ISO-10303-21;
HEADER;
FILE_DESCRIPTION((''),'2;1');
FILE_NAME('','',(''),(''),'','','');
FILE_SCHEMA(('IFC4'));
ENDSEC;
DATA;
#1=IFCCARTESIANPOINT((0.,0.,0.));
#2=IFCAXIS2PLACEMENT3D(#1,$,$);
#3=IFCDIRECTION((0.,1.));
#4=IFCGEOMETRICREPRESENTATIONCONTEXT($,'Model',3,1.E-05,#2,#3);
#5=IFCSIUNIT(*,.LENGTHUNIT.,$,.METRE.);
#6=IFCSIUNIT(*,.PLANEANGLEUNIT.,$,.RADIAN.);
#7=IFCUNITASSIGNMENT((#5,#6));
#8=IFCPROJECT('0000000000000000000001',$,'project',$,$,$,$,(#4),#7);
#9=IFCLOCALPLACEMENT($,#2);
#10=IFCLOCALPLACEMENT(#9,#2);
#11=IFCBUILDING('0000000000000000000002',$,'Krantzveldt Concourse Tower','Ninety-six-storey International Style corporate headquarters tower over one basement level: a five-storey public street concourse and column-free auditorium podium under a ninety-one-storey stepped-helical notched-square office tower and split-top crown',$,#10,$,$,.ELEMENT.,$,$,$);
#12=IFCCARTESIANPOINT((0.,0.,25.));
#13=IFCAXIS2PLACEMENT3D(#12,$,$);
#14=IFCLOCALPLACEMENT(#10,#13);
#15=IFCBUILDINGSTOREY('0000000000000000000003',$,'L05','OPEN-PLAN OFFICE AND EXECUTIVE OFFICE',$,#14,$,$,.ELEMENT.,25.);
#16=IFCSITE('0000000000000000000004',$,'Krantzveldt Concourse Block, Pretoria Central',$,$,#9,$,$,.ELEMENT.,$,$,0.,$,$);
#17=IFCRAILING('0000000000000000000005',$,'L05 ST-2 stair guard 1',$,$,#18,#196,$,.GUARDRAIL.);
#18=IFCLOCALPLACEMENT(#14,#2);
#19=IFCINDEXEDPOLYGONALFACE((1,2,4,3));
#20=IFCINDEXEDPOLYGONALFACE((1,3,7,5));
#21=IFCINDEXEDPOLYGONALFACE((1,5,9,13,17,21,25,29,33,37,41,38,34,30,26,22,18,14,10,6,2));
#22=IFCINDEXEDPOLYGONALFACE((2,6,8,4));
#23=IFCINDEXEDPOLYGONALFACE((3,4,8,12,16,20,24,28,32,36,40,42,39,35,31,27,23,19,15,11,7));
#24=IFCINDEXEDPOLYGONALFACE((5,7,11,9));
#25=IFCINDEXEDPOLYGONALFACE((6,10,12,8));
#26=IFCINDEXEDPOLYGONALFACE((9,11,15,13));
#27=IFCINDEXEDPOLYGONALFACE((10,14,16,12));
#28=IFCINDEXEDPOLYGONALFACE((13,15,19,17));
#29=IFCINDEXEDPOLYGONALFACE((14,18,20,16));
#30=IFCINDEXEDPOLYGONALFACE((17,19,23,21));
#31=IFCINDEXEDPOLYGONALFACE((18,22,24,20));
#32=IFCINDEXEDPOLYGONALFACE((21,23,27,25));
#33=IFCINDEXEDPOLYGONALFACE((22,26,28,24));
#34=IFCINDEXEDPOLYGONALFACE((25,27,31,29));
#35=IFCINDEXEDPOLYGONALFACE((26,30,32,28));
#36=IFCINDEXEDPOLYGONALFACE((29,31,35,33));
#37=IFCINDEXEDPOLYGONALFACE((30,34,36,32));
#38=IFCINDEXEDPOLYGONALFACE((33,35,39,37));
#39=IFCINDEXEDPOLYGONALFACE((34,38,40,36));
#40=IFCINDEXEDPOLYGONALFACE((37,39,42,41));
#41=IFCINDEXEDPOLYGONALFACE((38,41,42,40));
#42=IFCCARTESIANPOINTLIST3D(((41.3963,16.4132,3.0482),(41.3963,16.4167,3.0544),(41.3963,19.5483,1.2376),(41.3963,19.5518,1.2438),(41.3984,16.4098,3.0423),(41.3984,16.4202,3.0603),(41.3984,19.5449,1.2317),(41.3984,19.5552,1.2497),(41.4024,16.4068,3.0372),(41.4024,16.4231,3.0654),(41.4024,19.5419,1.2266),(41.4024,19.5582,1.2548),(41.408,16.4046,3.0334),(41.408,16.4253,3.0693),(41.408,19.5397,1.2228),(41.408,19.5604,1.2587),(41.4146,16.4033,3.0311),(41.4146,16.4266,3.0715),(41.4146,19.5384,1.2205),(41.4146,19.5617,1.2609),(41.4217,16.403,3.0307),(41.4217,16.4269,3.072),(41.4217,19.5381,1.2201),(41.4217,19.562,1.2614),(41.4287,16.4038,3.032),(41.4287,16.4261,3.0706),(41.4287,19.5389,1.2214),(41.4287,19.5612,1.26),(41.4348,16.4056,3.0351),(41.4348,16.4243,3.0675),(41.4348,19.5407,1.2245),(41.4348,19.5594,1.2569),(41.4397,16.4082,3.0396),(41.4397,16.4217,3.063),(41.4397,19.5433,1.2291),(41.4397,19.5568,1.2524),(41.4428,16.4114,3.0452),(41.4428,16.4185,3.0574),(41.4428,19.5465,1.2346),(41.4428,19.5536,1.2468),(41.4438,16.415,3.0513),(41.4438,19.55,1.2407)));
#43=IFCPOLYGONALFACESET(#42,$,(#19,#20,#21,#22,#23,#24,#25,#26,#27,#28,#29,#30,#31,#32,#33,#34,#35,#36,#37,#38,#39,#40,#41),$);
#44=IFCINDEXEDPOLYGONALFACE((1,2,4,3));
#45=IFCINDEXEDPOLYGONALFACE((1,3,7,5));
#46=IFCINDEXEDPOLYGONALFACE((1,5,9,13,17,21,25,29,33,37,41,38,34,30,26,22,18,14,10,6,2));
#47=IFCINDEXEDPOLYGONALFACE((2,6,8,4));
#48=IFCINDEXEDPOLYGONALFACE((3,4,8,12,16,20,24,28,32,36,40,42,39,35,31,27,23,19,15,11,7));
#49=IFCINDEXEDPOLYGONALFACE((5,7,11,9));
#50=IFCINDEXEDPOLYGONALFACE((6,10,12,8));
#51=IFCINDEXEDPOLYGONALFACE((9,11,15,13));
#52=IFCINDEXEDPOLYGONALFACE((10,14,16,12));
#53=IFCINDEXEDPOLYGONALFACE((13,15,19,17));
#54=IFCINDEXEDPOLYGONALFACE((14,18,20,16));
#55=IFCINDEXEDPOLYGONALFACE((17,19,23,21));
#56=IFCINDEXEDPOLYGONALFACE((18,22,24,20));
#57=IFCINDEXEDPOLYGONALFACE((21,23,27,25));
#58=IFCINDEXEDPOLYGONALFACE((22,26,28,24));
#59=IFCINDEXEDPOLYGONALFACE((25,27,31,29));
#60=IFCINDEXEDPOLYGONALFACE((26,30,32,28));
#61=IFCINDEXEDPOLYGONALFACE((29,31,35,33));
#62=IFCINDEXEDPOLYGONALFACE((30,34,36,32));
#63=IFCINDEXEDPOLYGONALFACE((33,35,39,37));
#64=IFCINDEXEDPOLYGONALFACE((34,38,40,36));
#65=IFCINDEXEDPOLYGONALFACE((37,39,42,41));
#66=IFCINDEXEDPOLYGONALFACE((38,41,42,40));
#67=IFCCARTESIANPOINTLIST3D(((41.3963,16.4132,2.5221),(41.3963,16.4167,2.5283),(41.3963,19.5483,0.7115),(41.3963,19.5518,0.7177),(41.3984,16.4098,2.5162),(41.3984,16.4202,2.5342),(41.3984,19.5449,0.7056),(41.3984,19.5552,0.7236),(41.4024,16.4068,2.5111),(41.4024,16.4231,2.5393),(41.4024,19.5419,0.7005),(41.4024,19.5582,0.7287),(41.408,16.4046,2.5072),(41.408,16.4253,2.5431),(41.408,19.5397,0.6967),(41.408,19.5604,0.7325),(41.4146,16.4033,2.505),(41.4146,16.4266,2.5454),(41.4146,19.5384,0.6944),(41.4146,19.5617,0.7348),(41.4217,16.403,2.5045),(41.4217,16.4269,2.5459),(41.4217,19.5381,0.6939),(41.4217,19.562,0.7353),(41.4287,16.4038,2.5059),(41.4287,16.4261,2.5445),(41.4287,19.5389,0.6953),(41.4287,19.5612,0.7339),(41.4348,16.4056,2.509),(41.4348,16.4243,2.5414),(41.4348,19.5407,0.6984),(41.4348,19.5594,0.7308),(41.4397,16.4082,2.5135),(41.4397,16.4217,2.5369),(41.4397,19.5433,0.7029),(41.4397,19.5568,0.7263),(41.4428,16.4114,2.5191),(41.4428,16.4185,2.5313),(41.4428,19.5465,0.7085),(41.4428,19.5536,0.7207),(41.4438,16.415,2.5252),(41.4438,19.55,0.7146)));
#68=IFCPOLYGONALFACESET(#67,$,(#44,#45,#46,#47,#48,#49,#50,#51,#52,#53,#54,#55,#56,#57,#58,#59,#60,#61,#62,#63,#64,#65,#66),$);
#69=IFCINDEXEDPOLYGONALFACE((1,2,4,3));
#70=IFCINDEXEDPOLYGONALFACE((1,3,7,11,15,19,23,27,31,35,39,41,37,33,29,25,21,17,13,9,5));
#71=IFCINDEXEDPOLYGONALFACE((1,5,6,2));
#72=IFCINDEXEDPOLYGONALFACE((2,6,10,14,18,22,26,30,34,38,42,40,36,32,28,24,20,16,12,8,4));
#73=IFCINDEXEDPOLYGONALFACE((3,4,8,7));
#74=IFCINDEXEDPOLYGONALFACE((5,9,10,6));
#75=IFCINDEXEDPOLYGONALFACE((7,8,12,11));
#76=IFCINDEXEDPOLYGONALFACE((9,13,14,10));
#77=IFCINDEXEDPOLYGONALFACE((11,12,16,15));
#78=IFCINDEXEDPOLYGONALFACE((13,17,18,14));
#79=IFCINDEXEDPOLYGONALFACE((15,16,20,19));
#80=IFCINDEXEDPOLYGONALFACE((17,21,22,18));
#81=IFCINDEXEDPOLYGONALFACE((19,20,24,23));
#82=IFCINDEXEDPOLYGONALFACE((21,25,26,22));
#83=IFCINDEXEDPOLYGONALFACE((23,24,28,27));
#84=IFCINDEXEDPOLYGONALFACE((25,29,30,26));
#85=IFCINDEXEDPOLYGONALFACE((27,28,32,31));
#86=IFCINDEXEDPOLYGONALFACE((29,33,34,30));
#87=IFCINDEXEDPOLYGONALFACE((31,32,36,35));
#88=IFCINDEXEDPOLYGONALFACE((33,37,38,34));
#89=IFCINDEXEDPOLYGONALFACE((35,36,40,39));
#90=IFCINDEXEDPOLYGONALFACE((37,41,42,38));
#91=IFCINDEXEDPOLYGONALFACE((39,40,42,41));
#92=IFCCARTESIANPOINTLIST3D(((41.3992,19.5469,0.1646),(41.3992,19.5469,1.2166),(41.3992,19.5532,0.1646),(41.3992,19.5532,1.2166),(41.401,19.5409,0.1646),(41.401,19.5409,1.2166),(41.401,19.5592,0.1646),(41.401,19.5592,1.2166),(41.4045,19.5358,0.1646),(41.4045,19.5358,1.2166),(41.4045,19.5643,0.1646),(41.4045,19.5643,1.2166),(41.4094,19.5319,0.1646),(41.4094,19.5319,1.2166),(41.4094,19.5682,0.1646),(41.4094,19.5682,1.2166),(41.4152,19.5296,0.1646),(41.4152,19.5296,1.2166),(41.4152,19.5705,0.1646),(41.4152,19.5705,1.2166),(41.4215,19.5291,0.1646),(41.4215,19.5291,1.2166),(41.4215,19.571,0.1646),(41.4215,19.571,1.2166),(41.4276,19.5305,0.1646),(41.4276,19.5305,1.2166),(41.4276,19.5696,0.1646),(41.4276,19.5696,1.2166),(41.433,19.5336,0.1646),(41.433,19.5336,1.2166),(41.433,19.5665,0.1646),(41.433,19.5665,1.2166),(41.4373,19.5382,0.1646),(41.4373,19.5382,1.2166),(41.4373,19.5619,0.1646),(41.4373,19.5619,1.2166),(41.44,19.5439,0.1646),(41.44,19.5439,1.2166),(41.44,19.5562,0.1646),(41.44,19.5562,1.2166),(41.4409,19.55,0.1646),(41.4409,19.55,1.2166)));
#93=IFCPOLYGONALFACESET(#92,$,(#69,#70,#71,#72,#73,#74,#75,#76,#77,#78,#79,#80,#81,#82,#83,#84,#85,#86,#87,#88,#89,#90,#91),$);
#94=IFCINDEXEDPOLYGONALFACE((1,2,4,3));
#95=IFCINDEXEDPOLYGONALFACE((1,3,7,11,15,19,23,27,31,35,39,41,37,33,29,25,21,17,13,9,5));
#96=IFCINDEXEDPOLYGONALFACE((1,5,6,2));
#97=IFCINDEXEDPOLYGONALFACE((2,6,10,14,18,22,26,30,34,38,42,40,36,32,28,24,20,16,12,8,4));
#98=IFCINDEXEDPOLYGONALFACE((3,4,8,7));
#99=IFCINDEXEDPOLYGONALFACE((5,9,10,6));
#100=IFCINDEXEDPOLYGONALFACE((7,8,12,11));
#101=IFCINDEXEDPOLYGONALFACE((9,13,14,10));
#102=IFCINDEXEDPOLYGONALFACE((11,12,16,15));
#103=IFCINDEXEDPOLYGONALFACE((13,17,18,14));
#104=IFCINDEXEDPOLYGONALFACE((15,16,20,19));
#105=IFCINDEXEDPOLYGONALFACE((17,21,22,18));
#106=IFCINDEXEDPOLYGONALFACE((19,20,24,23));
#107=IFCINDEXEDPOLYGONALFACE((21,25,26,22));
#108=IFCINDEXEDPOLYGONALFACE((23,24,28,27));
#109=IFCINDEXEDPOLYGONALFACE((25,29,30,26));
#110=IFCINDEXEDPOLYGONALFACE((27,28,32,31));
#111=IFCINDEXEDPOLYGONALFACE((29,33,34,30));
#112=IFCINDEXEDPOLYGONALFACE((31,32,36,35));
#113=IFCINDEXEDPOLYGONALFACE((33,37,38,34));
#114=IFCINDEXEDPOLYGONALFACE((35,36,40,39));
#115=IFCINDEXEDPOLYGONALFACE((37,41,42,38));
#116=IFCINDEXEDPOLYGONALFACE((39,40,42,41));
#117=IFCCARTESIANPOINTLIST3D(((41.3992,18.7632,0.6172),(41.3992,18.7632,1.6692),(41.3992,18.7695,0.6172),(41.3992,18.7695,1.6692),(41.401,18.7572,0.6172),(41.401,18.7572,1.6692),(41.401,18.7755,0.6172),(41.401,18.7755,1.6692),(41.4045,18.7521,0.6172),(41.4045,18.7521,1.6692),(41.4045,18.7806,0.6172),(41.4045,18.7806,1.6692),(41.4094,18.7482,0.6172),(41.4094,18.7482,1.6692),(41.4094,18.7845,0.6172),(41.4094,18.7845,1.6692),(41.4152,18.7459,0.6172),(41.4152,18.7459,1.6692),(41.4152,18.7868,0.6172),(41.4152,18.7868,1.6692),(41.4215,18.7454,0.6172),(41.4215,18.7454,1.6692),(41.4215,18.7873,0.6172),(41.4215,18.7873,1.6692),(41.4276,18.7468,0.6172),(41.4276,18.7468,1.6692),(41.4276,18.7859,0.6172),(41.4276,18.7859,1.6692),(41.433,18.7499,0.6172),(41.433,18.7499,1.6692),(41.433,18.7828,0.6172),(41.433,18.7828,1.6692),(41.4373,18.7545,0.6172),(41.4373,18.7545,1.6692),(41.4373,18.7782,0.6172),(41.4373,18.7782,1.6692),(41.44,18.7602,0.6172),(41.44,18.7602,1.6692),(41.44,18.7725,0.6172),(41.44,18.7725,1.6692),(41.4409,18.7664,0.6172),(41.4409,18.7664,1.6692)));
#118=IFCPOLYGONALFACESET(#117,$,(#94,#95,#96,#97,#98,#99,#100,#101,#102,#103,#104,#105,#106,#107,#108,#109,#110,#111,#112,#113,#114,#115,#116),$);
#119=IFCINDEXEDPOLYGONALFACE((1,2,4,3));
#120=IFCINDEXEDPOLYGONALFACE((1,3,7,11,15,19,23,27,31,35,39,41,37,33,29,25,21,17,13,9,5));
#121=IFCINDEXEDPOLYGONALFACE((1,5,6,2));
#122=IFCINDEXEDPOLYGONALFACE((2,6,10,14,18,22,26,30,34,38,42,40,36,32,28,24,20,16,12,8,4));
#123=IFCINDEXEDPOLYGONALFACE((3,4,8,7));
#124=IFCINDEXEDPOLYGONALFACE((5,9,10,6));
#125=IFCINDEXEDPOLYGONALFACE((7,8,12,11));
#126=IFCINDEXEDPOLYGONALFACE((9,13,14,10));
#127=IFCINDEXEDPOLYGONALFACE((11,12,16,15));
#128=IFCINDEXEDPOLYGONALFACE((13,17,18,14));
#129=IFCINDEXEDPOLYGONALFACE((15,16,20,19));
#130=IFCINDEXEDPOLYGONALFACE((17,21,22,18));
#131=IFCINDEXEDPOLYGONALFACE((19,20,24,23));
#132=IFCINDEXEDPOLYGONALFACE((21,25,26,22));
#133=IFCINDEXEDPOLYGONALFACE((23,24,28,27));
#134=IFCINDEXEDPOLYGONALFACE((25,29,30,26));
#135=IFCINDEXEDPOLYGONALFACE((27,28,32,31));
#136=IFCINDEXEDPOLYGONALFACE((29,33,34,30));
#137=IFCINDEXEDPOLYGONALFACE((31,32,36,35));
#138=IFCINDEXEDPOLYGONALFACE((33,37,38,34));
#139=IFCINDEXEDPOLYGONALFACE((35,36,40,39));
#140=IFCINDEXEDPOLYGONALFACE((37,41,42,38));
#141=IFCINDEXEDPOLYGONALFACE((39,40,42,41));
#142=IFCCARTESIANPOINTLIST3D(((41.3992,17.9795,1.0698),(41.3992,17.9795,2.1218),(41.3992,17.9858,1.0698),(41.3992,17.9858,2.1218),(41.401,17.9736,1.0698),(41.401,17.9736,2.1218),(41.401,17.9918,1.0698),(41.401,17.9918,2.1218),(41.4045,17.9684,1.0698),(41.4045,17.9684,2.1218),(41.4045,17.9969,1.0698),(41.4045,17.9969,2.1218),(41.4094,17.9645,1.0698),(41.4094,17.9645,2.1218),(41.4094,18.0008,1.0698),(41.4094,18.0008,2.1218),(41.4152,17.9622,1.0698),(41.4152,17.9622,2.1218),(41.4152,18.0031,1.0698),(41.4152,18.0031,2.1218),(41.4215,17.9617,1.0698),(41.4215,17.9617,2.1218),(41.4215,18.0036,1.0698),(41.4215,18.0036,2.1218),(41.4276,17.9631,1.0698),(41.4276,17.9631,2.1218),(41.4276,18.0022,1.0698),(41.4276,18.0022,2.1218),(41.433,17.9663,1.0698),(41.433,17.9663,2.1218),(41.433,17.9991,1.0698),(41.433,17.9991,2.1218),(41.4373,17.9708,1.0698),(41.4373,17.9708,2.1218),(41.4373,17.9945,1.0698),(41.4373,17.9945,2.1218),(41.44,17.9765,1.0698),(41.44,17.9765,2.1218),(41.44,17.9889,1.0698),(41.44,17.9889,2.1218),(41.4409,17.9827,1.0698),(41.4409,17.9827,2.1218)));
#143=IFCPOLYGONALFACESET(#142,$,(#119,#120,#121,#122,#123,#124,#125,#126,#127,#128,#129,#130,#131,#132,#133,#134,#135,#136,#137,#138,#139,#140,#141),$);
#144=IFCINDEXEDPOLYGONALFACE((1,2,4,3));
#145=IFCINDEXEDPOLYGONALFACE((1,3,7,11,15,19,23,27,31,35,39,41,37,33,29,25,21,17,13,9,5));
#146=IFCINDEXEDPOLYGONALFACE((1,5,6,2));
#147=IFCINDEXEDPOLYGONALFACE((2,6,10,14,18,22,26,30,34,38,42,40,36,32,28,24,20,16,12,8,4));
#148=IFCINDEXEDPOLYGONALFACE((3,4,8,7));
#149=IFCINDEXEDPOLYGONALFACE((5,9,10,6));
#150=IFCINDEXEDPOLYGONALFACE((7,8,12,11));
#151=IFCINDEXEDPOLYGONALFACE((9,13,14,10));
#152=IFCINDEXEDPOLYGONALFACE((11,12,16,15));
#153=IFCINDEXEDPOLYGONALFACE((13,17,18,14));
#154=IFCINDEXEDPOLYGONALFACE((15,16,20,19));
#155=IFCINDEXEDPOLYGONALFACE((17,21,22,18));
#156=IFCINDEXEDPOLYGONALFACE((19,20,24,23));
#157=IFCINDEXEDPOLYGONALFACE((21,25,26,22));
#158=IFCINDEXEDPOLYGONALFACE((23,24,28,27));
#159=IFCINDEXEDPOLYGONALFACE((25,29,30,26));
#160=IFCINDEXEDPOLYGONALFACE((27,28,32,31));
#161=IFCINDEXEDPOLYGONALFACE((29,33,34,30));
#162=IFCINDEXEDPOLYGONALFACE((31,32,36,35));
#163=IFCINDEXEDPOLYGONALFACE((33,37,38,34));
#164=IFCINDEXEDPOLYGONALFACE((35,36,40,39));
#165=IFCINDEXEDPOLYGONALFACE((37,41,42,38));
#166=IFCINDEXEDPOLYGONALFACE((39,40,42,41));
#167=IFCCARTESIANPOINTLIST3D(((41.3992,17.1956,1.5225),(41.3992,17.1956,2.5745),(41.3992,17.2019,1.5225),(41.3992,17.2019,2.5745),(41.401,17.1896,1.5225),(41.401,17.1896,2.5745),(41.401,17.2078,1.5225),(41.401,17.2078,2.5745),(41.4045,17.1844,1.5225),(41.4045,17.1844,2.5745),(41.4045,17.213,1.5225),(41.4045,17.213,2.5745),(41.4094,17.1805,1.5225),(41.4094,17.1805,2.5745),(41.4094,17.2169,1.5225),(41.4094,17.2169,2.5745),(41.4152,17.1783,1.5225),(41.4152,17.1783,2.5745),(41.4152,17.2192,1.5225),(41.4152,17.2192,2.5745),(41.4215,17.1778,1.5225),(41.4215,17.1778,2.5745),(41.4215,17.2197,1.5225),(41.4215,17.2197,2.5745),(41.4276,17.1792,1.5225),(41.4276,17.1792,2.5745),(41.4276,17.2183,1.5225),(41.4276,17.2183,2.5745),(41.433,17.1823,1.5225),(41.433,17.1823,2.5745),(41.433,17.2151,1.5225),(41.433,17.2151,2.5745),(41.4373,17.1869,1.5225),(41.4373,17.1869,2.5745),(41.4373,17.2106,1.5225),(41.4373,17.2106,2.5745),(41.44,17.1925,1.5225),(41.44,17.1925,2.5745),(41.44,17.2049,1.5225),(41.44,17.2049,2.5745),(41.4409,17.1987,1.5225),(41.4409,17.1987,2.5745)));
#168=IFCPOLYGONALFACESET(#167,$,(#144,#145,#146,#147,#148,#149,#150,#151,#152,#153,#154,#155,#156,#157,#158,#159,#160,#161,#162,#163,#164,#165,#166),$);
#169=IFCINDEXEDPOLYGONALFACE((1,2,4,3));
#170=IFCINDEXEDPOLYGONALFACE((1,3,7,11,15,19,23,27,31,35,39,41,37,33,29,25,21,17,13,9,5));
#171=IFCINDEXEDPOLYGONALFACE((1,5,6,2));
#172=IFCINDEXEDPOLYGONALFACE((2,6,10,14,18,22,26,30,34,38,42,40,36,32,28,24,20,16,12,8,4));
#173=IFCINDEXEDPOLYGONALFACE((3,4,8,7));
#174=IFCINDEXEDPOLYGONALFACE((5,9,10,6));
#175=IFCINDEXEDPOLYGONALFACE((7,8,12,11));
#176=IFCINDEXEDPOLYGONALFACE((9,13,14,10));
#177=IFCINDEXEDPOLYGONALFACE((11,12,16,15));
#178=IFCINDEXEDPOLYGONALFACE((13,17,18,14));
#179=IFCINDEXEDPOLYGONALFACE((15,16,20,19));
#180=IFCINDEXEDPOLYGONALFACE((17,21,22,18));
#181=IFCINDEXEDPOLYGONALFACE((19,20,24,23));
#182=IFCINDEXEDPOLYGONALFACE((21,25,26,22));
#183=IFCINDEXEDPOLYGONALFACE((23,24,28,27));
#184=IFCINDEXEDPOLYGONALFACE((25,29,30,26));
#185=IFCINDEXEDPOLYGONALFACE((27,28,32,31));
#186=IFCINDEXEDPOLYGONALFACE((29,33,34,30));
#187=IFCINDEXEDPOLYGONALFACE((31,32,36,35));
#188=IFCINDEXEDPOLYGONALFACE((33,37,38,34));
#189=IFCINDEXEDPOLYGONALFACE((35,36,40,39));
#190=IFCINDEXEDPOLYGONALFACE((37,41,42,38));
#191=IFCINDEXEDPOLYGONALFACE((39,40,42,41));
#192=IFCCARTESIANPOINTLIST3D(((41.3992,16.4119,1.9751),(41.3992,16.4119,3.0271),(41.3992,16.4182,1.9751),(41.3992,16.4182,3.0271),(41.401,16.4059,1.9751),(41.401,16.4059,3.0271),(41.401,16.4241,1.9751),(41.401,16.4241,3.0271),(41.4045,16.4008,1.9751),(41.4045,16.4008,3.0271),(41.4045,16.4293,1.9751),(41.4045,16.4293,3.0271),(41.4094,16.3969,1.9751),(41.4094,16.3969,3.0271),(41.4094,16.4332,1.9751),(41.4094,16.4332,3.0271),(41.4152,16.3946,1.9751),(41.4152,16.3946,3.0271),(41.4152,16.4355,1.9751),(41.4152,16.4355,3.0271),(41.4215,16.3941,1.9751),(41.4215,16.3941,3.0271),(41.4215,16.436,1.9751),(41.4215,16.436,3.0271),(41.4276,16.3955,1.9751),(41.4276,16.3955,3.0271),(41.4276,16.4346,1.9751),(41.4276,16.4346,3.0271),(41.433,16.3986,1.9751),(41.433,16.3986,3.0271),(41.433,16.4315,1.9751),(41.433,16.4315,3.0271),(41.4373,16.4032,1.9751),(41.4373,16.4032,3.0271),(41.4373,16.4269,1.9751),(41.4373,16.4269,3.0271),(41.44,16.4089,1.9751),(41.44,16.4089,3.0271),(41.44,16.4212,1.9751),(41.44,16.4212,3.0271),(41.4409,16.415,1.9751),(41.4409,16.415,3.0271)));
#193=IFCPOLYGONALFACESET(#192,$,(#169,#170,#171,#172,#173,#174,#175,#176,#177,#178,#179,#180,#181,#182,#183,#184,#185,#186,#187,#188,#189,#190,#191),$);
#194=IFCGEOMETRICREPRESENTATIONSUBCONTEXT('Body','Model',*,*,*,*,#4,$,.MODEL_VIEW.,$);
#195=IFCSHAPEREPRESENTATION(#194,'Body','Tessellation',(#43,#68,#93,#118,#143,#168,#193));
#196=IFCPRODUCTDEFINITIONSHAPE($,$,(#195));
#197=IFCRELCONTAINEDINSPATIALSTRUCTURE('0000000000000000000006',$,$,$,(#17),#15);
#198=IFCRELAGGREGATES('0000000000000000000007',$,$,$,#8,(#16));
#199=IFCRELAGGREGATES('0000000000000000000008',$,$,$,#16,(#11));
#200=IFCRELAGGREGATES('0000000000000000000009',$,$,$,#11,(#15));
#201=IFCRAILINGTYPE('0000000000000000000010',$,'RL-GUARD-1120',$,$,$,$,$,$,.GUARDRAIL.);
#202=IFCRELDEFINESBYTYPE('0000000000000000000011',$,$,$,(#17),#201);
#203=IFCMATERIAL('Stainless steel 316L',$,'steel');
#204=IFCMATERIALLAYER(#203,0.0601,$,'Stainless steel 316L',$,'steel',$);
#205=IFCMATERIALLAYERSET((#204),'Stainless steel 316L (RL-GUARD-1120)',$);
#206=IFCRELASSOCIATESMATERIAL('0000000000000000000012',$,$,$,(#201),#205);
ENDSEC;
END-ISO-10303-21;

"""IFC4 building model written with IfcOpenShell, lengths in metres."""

from ifc_helpers import new_model, si_unit, direction, frame, origin, origin_2d, place, context, subcontext, project, spatial, circle, extrude, material, layer, layer_set, type_object, element, save


model = new_model("IFC4")

# Units and contexts
model_context = context("Model", 3, precision=1e-05, world=origin(), true_north=direction((0.0, 1.0)))
body_context = subcontext(model_context, "Body", "Model", "MODEL_VIEW")
ifc_project = project(units=[si_unit("LENGTHUNIT", "METRE"), si_unit("PLANEANGLEUNIT", "RADIAN")], contexts=[model_context])

# Site, building, storey
site_placement = place(None, origin())
site = spatial("IfcSite", under=ifc_project, at=site_placement, Name="Krantzveldt Concourse Block, Pretoria Central", CompositionType="ELEMENT", RefElevation=0.0)
building_placement = place(site_placement, origin())
building = spatial("IfcBuilding", under=site, at=building_placement, Name="Krantzveldt Concourse Tower", Description="Ninety-six-storey International Style corporate headquarters tower over one basement level: a five-storey public street concourse and column-free auditorium podium under a ninety-one-storey stepped-helical notched-square office tower and split-top crown", CompositionType="ELEMENT")
storey_placement = place(building_placement, frame((0.0, 0.0, 25.0)))
storey = spatial("IfcBuildingStorey", under=building, at=storey_placement, Name="L05", Description="OPEN-PLAN OFFICE AND EXECUTIVE OFFICE", CompositionType="ELEMENT", Elevation=25.0)

# Shared definitions
ifc_material_1 = material(Name="Stainless steel 316L", Category="steel")

# Railing
ifc_layer_1 = layer(ifc_material_1, 0.0601, Name="Stainless steel 316L", Category="steel")
ifc_layer_set_1 = layer_set([ifc_layer_1], Name="Stainless steel 316L (RL-GUARD-1120)")
railing_type_1 = type_object("IfcRailingType", Name="RL-GUARD-1120", PredefinedType="GUARDRAIL", material=ifc_layer_set_1)
railing_1_placement = place(storey_placement, frame((41.4199, 19.55, 0.1646)))
element("IfcRailing", 1, at=railing_1_placement, inside=storey, type_object=railing_type_1, Name="L05 ST-2 stair guard 1", PredefinedType="GUARDRAIL", context=body_context, shape_type="SweptSolid", body=[
    extrude(circle(Radius=0.0239, at=origin_2d()), frame((0.0, 0.0, 1.0762), z_axis=(0.0, -0.86596, 0.500114), x_axis=(1.0, 0.0, 0.0)), (0.0, 0.0, 1.0), 3.6204),
    extrude(circle(Radius=0.0239, at=origin_2d()), frame((0.0, 0.0, 0.55), z_axis=(0.0, -0.86596, 0.500114), x_axis=(1.0, 0.0, 0.0)), (0.0, 0.0, 1.0), 3.6204),
    extrude(circle(Radius=0.021, at=origin_2d()), origin(), (0.0, 0.0, 1.0), 1.052),
    extrude(circle(Radius=0.021, at=origin_2d()), frame((0.0, -0.7837, 0.4526)), (0.0, 0.0, 1.0), 1.052),
    extrude(circle(Radius=0.021, at=origin_2d()), frame((0.0, -1.5674, 0.9053)), (0.0, 0.0, 1.0), 1.052),
    extrude(circle(Radius=0.021, at=origin_2d()), frame((0.0, -2.3513, 1.3579)), (0.0, 0.0, 1.0), 1.052),
    extrude(circle(Radius=0.021, at=origin_2d()), frame((0.0, -3.135, 1.8105)), (0.0, 0.0, 1.0), 1.052),
])

save(model, "model.ifc")
